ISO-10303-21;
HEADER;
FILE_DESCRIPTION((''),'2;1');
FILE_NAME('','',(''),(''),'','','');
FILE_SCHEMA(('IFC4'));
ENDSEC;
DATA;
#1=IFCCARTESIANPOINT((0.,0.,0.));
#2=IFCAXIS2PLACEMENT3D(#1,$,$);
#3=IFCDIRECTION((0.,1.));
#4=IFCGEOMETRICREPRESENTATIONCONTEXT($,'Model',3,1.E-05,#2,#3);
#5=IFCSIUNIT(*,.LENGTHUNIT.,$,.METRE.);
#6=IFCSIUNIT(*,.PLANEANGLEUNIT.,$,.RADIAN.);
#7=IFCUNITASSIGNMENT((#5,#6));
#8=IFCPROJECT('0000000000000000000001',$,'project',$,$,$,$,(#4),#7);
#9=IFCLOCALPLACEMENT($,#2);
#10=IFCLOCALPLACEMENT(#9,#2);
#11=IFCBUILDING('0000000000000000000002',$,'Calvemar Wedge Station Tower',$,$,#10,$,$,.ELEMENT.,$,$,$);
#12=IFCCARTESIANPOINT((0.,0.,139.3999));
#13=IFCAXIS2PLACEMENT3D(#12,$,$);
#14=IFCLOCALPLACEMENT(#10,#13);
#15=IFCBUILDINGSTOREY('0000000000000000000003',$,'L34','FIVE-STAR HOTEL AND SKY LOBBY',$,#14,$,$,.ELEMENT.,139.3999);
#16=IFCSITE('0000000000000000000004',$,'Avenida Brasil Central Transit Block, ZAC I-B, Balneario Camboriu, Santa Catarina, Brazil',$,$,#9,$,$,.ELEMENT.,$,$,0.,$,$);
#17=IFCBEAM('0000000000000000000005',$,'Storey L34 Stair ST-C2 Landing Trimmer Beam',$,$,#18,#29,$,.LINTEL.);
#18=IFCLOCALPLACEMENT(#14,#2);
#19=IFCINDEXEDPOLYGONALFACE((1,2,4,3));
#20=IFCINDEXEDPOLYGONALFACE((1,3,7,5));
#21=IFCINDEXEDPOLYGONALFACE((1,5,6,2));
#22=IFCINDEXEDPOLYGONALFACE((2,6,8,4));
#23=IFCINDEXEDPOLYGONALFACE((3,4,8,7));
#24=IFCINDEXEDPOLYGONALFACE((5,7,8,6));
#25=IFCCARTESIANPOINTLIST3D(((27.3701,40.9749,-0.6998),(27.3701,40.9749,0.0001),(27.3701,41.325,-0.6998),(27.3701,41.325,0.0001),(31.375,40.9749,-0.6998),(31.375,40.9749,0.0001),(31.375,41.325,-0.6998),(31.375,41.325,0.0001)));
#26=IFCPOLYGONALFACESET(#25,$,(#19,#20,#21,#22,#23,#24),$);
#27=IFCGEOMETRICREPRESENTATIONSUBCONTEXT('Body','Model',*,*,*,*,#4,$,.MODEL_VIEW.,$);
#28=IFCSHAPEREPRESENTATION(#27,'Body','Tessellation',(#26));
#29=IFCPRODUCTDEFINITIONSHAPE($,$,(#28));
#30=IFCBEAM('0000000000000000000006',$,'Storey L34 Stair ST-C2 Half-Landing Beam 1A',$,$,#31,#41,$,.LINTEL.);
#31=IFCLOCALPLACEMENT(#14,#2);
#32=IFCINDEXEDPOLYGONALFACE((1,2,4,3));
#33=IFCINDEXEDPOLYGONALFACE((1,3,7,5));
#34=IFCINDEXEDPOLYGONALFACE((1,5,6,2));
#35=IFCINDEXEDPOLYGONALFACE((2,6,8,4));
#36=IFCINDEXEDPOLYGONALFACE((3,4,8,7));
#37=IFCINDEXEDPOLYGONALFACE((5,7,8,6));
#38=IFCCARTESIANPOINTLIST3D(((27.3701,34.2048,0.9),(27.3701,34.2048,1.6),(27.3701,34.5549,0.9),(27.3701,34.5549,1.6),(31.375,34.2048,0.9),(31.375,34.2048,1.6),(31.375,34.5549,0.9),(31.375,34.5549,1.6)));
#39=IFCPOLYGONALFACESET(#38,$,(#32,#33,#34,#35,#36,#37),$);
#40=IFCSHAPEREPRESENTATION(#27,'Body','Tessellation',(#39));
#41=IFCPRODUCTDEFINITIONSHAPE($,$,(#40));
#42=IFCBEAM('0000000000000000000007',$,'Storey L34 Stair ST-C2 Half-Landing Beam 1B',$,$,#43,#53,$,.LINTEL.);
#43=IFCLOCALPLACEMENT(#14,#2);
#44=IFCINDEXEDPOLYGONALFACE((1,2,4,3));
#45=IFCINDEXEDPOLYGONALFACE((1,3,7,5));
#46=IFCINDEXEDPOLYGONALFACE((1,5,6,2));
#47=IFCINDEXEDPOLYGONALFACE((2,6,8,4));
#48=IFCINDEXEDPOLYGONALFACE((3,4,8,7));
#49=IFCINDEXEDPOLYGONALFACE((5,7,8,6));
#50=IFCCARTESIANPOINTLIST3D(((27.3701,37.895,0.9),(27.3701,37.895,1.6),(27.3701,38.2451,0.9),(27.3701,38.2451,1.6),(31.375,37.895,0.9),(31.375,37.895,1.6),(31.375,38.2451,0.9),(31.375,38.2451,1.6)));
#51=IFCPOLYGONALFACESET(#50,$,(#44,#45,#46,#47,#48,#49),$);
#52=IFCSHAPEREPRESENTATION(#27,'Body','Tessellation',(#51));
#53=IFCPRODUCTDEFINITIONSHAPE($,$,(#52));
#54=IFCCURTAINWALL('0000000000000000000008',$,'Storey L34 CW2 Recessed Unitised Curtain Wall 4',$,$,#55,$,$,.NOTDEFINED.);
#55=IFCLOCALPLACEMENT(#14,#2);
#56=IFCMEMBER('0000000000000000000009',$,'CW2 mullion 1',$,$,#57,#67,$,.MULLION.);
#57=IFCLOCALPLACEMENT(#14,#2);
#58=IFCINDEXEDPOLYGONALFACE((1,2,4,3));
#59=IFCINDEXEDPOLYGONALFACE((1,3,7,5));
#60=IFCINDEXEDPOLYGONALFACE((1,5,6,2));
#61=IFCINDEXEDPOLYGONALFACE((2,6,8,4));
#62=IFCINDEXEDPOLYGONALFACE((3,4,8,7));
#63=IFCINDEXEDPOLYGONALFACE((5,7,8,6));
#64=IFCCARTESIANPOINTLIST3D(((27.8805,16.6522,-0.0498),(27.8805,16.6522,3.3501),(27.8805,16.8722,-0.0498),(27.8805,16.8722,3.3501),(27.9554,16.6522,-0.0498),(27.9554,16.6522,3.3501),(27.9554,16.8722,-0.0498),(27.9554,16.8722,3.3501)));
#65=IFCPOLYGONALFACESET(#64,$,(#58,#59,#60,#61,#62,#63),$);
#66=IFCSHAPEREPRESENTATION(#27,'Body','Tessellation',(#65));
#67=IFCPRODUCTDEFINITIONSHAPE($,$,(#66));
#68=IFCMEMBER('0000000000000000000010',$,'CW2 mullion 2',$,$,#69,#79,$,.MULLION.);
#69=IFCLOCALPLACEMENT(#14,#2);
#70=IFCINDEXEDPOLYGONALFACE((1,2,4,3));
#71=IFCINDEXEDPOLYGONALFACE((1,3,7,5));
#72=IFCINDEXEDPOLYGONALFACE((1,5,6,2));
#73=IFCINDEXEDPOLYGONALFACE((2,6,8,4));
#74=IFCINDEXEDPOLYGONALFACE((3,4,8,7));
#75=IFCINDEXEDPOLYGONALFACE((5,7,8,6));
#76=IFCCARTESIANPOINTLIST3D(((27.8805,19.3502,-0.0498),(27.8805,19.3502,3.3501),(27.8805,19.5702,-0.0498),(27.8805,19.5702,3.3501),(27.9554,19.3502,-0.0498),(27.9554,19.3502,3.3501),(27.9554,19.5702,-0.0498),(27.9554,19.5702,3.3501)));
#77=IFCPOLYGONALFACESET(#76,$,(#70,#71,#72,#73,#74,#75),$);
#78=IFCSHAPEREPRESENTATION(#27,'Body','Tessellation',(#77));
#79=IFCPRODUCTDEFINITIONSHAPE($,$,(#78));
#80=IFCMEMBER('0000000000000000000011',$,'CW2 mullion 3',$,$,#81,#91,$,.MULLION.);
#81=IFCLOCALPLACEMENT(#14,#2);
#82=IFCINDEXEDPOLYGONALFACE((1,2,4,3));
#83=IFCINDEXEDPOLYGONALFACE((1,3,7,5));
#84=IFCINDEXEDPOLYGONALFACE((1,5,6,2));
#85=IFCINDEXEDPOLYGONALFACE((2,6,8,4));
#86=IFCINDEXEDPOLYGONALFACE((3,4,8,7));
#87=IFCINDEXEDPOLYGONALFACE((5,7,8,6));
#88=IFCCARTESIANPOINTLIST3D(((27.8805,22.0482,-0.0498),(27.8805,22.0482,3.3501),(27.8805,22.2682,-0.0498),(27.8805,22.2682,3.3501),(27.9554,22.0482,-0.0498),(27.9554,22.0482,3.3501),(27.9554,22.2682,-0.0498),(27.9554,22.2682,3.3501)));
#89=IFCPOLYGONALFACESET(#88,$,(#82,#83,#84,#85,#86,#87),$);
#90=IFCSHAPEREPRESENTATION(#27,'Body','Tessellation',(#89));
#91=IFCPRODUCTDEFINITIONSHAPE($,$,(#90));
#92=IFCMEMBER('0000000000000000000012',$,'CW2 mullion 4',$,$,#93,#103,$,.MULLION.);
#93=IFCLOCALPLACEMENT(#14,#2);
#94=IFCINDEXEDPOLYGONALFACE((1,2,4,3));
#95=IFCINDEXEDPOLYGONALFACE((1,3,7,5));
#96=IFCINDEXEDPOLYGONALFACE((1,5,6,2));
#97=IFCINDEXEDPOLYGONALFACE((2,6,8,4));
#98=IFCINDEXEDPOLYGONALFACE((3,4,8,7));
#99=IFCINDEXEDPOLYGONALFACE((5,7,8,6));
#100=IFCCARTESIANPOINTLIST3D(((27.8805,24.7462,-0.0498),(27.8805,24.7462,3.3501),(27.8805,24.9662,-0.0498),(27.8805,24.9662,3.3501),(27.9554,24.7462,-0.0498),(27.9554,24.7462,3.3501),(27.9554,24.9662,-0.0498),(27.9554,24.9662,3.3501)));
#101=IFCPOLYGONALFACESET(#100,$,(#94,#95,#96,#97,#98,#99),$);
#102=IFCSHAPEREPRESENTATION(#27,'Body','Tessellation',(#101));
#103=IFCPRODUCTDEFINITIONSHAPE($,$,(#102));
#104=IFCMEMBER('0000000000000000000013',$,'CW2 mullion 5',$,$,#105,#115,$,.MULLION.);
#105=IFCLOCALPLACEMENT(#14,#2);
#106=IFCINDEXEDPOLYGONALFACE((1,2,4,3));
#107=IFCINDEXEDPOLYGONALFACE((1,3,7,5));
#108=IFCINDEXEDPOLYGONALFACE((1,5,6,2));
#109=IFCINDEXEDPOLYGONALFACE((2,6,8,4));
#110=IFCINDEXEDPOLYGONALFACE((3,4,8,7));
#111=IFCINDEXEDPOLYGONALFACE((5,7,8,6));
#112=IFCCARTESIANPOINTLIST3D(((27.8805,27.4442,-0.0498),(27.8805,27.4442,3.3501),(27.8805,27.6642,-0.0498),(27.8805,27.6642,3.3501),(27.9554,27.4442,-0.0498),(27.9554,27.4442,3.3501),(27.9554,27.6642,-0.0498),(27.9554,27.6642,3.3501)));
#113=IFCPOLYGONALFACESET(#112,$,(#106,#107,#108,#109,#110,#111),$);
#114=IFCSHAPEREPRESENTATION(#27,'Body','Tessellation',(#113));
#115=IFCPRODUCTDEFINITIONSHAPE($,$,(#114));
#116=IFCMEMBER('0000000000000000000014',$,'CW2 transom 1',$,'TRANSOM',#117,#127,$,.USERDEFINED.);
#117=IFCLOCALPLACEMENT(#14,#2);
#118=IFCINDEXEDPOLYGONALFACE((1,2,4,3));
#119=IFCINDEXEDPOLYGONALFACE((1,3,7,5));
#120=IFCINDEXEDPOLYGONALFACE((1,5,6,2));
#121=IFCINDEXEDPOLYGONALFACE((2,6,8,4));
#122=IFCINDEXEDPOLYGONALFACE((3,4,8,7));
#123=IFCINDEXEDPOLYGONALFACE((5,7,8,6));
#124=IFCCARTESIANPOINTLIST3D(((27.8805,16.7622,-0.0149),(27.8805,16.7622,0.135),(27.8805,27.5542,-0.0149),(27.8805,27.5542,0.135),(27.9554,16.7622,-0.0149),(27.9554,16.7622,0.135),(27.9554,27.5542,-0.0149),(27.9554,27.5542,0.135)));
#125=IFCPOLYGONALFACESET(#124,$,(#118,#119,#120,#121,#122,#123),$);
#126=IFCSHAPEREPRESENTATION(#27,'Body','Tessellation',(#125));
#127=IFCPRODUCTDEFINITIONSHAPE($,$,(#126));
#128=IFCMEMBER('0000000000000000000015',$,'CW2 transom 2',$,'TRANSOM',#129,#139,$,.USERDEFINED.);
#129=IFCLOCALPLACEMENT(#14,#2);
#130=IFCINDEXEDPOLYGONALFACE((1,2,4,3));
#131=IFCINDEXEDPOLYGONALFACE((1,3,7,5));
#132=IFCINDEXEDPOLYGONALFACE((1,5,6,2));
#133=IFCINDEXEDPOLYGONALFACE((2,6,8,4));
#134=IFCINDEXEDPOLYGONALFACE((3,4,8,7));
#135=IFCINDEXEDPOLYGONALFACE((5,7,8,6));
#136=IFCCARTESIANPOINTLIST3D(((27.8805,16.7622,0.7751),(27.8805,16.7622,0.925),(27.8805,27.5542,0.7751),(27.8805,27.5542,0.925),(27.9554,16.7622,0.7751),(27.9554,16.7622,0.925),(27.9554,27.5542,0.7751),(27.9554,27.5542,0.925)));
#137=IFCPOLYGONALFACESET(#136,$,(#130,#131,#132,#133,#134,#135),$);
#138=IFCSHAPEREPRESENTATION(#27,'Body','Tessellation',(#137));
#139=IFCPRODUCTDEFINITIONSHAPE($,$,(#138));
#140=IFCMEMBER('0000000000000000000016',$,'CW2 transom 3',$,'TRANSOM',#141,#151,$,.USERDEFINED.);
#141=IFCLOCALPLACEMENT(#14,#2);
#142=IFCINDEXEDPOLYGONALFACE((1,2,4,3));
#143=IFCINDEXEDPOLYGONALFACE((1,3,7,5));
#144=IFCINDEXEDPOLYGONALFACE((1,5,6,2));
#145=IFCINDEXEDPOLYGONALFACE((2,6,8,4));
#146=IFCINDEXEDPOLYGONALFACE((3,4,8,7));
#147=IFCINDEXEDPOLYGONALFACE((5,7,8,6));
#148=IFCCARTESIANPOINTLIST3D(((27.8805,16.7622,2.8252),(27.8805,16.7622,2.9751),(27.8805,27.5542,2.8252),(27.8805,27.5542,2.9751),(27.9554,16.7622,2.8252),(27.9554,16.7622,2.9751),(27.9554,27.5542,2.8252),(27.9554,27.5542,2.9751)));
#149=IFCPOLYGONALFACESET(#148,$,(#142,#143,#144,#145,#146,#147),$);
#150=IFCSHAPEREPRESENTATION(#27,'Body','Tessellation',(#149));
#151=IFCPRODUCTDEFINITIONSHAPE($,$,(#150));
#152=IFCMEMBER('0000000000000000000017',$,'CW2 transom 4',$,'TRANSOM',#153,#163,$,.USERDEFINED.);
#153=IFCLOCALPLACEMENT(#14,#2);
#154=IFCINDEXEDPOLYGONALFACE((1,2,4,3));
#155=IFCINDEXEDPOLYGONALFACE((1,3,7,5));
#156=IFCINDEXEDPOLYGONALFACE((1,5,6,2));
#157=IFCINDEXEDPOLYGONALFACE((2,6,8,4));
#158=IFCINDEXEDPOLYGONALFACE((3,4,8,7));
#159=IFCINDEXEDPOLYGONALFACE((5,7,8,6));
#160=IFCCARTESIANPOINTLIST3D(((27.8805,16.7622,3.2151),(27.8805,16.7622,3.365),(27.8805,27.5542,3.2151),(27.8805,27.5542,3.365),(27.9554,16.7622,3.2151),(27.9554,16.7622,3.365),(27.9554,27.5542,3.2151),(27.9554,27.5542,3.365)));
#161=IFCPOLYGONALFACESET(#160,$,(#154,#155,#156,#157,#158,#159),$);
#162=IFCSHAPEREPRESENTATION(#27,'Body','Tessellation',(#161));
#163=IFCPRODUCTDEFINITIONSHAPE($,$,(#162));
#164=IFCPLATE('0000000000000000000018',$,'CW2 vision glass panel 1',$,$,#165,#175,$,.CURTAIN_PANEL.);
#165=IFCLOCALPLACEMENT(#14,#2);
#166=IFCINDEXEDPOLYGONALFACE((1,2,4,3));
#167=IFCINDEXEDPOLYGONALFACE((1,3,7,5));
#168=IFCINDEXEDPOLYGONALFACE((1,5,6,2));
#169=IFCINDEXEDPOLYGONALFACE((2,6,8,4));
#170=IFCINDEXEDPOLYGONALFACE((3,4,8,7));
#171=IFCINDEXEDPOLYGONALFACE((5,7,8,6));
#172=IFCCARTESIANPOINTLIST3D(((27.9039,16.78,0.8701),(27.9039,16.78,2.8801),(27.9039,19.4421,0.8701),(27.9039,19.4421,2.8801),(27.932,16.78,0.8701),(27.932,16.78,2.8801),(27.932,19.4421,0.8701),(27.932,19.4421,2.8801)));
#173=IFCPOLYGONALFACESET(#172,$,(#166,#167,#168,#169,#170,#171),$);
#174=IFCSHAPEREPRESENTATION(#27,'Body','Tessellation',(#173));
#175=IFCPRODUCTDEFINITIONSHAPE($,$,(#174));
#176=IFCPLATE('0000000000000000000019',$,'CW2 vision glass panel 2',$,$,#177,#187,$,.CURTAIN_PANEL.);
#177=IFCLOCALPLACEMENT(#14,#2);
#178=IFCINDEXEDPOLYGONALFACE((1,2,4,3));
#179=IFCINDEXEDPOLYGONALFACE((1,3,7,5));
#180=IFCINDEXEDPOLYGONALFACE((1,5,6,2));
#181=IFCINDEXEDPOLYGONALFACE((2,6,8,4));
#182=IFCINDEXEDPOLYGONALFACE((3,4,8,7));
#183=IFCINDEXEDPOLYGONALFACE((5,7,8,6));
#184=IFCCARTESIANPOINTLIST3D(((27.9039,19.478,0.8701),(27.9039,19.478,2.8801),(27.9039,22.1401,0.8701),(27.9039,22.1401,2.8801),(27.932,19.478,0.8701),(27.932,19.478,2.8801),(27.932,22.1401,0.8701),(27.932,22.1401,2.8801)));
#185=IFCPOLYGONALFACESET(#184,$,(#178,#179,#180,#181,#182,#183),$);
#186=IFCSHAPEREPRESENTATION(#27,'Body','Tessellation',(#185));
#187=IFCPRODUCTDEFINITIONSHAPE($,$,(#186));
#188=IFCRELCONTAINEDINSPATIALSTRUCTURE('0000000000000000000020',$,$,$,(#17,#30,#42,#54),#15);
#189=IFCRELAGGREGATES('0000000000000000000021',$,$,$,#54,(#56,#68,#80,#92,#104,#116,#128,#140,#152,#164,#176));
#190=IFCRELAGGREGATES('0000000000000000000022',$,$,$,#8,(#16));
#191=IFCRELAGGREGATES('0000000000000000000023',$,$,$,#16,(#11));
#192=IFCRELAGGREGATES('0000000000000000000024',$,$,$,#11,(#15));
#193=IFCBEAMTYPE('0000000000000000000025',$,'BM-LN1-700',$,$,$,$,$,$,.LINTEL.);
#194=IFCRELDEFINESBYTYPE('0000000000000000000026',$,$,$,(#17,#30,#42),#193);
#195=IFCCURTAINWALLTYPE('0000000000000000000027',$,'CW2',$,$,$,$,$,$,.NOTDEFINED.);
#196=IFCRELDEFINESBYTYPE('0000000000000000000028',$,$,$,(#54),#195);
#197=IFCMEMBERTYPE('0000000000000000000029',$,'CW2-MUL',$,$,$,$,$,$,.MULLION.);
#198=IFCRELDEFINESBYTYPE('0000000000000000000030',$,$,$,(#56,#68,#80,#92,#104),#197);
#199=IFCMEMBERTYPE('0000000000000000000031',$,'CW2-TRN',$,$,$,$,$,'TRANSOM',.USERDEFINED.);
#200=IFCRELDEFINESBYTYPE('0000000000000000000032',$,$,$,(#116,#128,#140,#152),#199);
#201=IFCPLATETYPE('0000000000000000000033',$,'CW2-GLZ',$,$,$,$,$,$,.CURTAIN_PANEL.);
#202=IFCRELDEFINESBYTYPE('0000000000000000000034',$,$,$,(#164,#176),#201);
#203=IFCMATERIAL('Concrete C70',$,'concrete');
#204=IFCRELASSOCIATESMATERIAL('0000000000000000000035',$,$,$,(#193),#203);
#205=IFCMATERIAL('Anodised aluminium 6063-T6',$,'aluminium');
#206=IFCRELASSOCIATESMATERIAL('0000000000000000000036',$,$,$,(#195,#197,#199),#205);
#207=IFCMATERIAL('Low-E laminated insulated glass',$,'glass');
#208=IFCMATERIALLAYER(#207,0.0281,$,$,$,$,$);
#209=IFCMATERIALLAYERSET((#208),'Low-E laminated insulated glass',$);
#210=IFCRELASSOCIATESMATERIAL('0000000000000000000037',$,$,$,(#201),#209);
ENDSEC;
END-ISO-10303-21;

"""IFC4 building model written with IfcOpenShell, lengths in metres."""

from ifc_helpers import new_model, si_unit, direction, frame, frame_2d, origin, origin_2d, place, context, subcontext, project, spatial, rectangle, extrude, source, transform, mapped, material, layer, layer_set, material_profile, profile_set, type_object, element, aggregate, save


model = new_model("IFC4")

# Units and contexts
model_context = context("Model", 3, precision=1e-05, world=origin(), true_north=direction((0.0, 1.0)))
body_context = subcontext(model_context, "Body", "Model", "MODEL_VIEW")
ifc_project = project(units=[si_unit("LENGTHUNIT", "METRE"), si_unit("PLANEANGLEUNIT", "RADIAN")], contexts=[model_context])

# Site, building, storey
site_placement = place(None, origin())
site = spatial("IfcSite", under=ifc_project, at=site_placement, Name="Avenida Brasil Central Transit Block, ZAC I-B, Balneario Camboriu, Santa Catarina, Brazil", CompositionType="ELEMENT", RefElevation=0.0)
building_placement = place(site_placement, origin())
building = spatial("IfcBuilding", under=site, at=building_placement, Name="Calvemar Wedge Station Tower", CompositionType="ELEMENT")
storey_placement = place(building_placement, frame((0.0, 0.0, 139.3999)))
storey = spatial("IfcBuildingStorey", under=building, at=storey_placement, Name="L34", Description="FIVE-STAR HOTEL AND SKY LOBBY", CompositionType="ELEMENT", Elevation=139.3999)

# Beams
ifc_material_1 = material(Name="Concrete C70", Category="concrete")
ifc_material_profile_1 = material_profile(ifc_material_1, rectangle(XDim=0.3501, YDim=0.7, at=origin_2d()), Name="RC350x700")
ifc_profile_set_1 = profile_set([ifc_material_profile_1], Name="Concrete C70")
beam_type = type_object("IfcBeamType", Name="BM-LN1-700", PredefinedType="LINTEL", material=ifc_profile_set_1)
shared_shape_1 = source(origin(), body_context, "Body", "SweptSolid", [
    extrude(rectangle(XDim=0.3501, YDim=0.7, at=origin_2d()), origin(), (0.0, 0.0, 1.0), 4.0049),
])
for number, where, z_axis, x_axis, name in (
    (1, (27.3701, 41.1499, -0.3499), (1.0, 0.0, 0.0), (0.0, 1.0, 0.0), "Storey L34 Stair ST-C2 Landing Trimmer Beam"),
    (2, (27.3701, 34.3799, 1.25), (1.0, 0.0, 0.0), (0.0, 1.0, 0.0), "Storey L34 Stair ST-C2 Half-Landing Beam 1A"),
    (3, (27.3701, 38.0701, 1.25), (1.0, 0.0, 0.0), (0.0, 1.0, 0.0), "Storey L34 Stair ST-C2 Half-Landing Beam 1B"),
):
    element("IfcBeam", number, at=place(storey_placement, frame(where, z_axis=z_axis, x_axis=x_axis)), inside=storey, type_object=beam_type, Name=name, PredefinedType="LINTEL", context=body_context, shape_type="MappedRepresentation", body=[
        mapped(shared_shape_1, transform((0.0, 0.0, 0.0), scale=1.0)),
    ])

# Curtain wall, members, plates
ifc_material_2 = material(Name="Anodised aluminium 6063-T6", Category="aluminium")
curtain_wall_type = type_object("IfcCurtainWallType", Name="CW2", PredefinedType="NOTDEFINED", material=ifc_material_2)
curtain_wall_placement = place(storey_placement, origin())
curtain_wall = element("IfcCurtainWall", 4, at=curtain_wall_placement, inside=storey, type_object=curtain_wall_type, Name="Storey L34 CW2 Recessed Unitised Curtain Wall 4", PredefinedType="NOTDEFINED")
ifc_material_profile_2 = material_profile(ifc_material_2, rectangle(XDim=0.075, YDim=0.22, at=origin_2d()), Name="AL-MUL-75x220")
ifc_profile_set_2 = profile_set([ifc_material_profile_2], Name="Anodised aluminium 6063-T6")
member_type_1 = type_object("IfcMemberType", Name="CW2-MUL", PredefinedType="MULLION", material=ifc_profile_set_2)
shared_shape_2 = source(origin(), body_context, "Body", "SweptSolid", [
    extrude(rectangle(XDim=0.075, YDim=0.22, at=origin_2d()), origin(), (0.0, 0.0, 1.0), 3.3999),
])
member_1_placement = place(storey_placement, frame((27.918, 16.7622, -0.0498), z_axis=(0.0, 0.0, 1.0), x_axis=(1.0, 0.0, 0.0)))
member_1 = element("IfcMember", 5, at=member_1_placement, type_object=member_type_1, Name="CW2 mullion 1", PredefinedType="MULLION", context=body_context, shape_type="MappedRepresentation", body=[
    mapped(shared_shape_2, transform((0.0, 0.0, 0.0), scale=1.0)),
])
member_2_placement = place(storey_placement, frame((27.918, 19.4602, -0.0498), z_axis=(0.0, 0.0, 1.0), x_axis=(1.0, 0.0, 0.0)))
member_2 = element("IfcMember", 6, at=member_2_placement, type_object=member_type_1, Name="CW2 mullion 2", PredefinedType="MULLION", context=body_context, shape_type="MappedRepresentation", body=[
    mapped(shared_shape_2, transform((0.0, 0.0, 0.0), scale=1.0)),
])
member_3_placement = place(storey_placement, frame((27.918, 22.1582, -0.0498), z_axis=(0.0, 0.0, 1.0), x_axis=(1.0, 0.0, 0.0)))
member_3 = element("IfcMember", 7, at=member_3_placement, type_object=member_type_1, Name="CW2 mullion 3", PredefinedType="MULLION", context=body_context, shape_type="MappedRepresentation", body=[
    mapped(shared_shape_2, transform((0.0, 0.0, 0.0), scale=1.0)),
])
member_4_placement = place(storey_placement, frame((27.918, 24.8562, -0.0498), z_axis=(0.0, 0.0, 1.0), x_axis=(1.0, 0.0, 0.0)))
member_4 = element("IfcMember", 8, at=member_4_placement, type_object=member_type_1, Name="CW2 mullion 4", PredefinedType="MULLION", context=body_context, shape_type="MappedRepresentation", body=[
    mapped(shared_shape_2, transform((0.0, 0.0, 0.0), scale=1.0)),
])
member_5_placement = place(storey_placement, frame((27.918, 27.5542, -0.0498), z_axis=(0.0, 0.0, 1.0), x_axis=(1.0, 0.0, 0.0)))
member_5 = element("IfcMember", 9, at=member_5_placement, type_object=member_type_1, Name="CW2 mullion 5", PredefinedType="MULLION", context=body_context, shape_type="MappedRepresentation", body=[
    mapped(shared_shape_2, transform((0.0, 0.0, 0.0), scale=1.0)),
])
ifc_material_profile_3 = material_profile(ifc_material_2, rectangle(XDim=0.075, YDim=0.1499, at=origin_2d()), Name="AL-TRN-75x150")
ifc_profile_set_3 = profile_set([ifc_material_profile_3], Name="Anodised aluminium 6063-T6")
member_type_2 = type_object("IfcMemberType", Name="CW2-TRN", ElementType="TRANSOM", PredefinedType="USERDEFINED", material=ifc_profile_set_3)
shared_shape_3 = source(origin(), body_context, "Body", "SweptSolid", [
    extrude(rectangle(XDim=0.075, YDim=0.1499, at=origin_2d()), origin(), (0.0, 0.0, 1.0), 10.792),
])
member_6_placement = place(storey_placement, frame((27.918, 16.7622, 0.0601), z_axis=(0.0, 1.0, 0.0), x_axis=(-1.0, 0.0, 0.0)))
member_6 = element("IfcMember", 10, at=member_6_placement, type_object=member_type_2, Name="CW2 transom 1", ObjectType="TRANSOM", PredefinedType="USERDEFINED", context=body_context, shape_type="MappedRepresentation", body=[
    mapped(shared_shape_3, transform((0.0, 0.0, 0.0), scale=1.0)),
])
member_7_placement = place(storey_placement, frame((27.918, 16.7622, 0.8501), z_axis=(0.0, 1.0, 0.0), x_axis=(-1.0, 0.0, 0.0)))
member_7 = element("IfcMember", 11, at=member_7_placement, type_object=member_type_2, Name="CW2 transom 2", ObjectType="TRANSOM", PredefinedType="USERDEFINED", context=body_context, shape_type="MappedRepresentation", body=[
    mapped(shared_shape_3, transform((0.0, 0.0, 0.0), scale=1.0)),
])
member_8_placement = place(storey_placement, frame((27.918, 16.7622, 2.9001), z_axis=(0.0, 1.0, 0.0), x_axis=(-1.0, 0.0, 0.0)))
member_8 = element("IfcMember", 12, at=member_8_placement, type_object=member_type_2, Name="CW2 transom 3", ObjectType="TRANSOM", PredefinedType="USERDEFINED", context=body_context, shape_type="MappedRepresentation", body=[
    mapped(shared_shape_3, transform((0.0, 0.0, 0.0), scale=1.0)),
])
member_9_placement = place(storey_placement, frame((27.918, 16.7622, 3.29), z_axis=(0.0, 1.0, 0.0), x_axis=(-1.0, 0.0, 0.0)))
member_9 = element("IfcMember", 13, at=member_9_placement, type_object=member_type_2, Name="CW2 transom 4", ObjectType="TRANSOM", PredefinedType="USERDEFINED", context=body_context, shape_type="MappedRepresentation", body=[
    mapped(shared_shape_3, transform((0.0, 0.0, 0.0), scale=1.0)),
])
ifc_material_3 = material(Name="Low-E laminated insulated glass", Category="glass")
ifc_layer_1 = layer(ifc_material_3, 0.0281)
ifc_layer_set_1 = layer_set([ifc_layer_1], Name="Low-E laminated insulated glass")
plate_type_1 = type_object("IfcPlateType", Name="CW2-GLZ", PredefinedType="CURTAIN_PANEL", material=ifc_layer_set_1)
plate_1_placement = place(storey_placement, frame((27.918, 16.78, 0.8701), z_axis=(0.0, 0.0, 1.0), x_axis=(0.0, 1.0, 0.0)))
plate_1 = element("IfcPlate", 14, at=plate_1_placement, type_object=plate_type_1, Name="CW2 vision glass panel 1", PredefinedType="CURTAIN_PANEL", context=body_context, shape_type="SweptSolid", body=[
    extrude(rectangle(XDim=2.6621, YDim=0.0281, at=frame_2d((1.3311, 0.0))), origin(), (0.0, 0.0, 1.0), 2.01),
])
plate_2_placement = place(storey_placement, frame((27.918, 19.478, 0.8701), z_axis=(0.0, 0.0, 1.0), x_axis=(0.0, 1.0, 0.0)))
plate_2 = element("IfcPlate", 15, at=plate_2_placement, type_object=plate_type_1, Name="CW2 vision glass panel 2", PredefinedType="CURTAIN_PANEL", context=body_context, shape_type="SweptSolid", body=[
    extrude(rectangle(XDim=2.6621, YDim=0.0281, at=frame_2d((1.3311, 0.0))), origin(), (0.0, 0.0, 1.0), 2.01),
])
aggregate(curtain_wall, [member_1, member_2, member_3, member_4, member_5, member_6, member_7, member_8, member_9, plate_1, plate_2])

save(model, "model.ifc")
